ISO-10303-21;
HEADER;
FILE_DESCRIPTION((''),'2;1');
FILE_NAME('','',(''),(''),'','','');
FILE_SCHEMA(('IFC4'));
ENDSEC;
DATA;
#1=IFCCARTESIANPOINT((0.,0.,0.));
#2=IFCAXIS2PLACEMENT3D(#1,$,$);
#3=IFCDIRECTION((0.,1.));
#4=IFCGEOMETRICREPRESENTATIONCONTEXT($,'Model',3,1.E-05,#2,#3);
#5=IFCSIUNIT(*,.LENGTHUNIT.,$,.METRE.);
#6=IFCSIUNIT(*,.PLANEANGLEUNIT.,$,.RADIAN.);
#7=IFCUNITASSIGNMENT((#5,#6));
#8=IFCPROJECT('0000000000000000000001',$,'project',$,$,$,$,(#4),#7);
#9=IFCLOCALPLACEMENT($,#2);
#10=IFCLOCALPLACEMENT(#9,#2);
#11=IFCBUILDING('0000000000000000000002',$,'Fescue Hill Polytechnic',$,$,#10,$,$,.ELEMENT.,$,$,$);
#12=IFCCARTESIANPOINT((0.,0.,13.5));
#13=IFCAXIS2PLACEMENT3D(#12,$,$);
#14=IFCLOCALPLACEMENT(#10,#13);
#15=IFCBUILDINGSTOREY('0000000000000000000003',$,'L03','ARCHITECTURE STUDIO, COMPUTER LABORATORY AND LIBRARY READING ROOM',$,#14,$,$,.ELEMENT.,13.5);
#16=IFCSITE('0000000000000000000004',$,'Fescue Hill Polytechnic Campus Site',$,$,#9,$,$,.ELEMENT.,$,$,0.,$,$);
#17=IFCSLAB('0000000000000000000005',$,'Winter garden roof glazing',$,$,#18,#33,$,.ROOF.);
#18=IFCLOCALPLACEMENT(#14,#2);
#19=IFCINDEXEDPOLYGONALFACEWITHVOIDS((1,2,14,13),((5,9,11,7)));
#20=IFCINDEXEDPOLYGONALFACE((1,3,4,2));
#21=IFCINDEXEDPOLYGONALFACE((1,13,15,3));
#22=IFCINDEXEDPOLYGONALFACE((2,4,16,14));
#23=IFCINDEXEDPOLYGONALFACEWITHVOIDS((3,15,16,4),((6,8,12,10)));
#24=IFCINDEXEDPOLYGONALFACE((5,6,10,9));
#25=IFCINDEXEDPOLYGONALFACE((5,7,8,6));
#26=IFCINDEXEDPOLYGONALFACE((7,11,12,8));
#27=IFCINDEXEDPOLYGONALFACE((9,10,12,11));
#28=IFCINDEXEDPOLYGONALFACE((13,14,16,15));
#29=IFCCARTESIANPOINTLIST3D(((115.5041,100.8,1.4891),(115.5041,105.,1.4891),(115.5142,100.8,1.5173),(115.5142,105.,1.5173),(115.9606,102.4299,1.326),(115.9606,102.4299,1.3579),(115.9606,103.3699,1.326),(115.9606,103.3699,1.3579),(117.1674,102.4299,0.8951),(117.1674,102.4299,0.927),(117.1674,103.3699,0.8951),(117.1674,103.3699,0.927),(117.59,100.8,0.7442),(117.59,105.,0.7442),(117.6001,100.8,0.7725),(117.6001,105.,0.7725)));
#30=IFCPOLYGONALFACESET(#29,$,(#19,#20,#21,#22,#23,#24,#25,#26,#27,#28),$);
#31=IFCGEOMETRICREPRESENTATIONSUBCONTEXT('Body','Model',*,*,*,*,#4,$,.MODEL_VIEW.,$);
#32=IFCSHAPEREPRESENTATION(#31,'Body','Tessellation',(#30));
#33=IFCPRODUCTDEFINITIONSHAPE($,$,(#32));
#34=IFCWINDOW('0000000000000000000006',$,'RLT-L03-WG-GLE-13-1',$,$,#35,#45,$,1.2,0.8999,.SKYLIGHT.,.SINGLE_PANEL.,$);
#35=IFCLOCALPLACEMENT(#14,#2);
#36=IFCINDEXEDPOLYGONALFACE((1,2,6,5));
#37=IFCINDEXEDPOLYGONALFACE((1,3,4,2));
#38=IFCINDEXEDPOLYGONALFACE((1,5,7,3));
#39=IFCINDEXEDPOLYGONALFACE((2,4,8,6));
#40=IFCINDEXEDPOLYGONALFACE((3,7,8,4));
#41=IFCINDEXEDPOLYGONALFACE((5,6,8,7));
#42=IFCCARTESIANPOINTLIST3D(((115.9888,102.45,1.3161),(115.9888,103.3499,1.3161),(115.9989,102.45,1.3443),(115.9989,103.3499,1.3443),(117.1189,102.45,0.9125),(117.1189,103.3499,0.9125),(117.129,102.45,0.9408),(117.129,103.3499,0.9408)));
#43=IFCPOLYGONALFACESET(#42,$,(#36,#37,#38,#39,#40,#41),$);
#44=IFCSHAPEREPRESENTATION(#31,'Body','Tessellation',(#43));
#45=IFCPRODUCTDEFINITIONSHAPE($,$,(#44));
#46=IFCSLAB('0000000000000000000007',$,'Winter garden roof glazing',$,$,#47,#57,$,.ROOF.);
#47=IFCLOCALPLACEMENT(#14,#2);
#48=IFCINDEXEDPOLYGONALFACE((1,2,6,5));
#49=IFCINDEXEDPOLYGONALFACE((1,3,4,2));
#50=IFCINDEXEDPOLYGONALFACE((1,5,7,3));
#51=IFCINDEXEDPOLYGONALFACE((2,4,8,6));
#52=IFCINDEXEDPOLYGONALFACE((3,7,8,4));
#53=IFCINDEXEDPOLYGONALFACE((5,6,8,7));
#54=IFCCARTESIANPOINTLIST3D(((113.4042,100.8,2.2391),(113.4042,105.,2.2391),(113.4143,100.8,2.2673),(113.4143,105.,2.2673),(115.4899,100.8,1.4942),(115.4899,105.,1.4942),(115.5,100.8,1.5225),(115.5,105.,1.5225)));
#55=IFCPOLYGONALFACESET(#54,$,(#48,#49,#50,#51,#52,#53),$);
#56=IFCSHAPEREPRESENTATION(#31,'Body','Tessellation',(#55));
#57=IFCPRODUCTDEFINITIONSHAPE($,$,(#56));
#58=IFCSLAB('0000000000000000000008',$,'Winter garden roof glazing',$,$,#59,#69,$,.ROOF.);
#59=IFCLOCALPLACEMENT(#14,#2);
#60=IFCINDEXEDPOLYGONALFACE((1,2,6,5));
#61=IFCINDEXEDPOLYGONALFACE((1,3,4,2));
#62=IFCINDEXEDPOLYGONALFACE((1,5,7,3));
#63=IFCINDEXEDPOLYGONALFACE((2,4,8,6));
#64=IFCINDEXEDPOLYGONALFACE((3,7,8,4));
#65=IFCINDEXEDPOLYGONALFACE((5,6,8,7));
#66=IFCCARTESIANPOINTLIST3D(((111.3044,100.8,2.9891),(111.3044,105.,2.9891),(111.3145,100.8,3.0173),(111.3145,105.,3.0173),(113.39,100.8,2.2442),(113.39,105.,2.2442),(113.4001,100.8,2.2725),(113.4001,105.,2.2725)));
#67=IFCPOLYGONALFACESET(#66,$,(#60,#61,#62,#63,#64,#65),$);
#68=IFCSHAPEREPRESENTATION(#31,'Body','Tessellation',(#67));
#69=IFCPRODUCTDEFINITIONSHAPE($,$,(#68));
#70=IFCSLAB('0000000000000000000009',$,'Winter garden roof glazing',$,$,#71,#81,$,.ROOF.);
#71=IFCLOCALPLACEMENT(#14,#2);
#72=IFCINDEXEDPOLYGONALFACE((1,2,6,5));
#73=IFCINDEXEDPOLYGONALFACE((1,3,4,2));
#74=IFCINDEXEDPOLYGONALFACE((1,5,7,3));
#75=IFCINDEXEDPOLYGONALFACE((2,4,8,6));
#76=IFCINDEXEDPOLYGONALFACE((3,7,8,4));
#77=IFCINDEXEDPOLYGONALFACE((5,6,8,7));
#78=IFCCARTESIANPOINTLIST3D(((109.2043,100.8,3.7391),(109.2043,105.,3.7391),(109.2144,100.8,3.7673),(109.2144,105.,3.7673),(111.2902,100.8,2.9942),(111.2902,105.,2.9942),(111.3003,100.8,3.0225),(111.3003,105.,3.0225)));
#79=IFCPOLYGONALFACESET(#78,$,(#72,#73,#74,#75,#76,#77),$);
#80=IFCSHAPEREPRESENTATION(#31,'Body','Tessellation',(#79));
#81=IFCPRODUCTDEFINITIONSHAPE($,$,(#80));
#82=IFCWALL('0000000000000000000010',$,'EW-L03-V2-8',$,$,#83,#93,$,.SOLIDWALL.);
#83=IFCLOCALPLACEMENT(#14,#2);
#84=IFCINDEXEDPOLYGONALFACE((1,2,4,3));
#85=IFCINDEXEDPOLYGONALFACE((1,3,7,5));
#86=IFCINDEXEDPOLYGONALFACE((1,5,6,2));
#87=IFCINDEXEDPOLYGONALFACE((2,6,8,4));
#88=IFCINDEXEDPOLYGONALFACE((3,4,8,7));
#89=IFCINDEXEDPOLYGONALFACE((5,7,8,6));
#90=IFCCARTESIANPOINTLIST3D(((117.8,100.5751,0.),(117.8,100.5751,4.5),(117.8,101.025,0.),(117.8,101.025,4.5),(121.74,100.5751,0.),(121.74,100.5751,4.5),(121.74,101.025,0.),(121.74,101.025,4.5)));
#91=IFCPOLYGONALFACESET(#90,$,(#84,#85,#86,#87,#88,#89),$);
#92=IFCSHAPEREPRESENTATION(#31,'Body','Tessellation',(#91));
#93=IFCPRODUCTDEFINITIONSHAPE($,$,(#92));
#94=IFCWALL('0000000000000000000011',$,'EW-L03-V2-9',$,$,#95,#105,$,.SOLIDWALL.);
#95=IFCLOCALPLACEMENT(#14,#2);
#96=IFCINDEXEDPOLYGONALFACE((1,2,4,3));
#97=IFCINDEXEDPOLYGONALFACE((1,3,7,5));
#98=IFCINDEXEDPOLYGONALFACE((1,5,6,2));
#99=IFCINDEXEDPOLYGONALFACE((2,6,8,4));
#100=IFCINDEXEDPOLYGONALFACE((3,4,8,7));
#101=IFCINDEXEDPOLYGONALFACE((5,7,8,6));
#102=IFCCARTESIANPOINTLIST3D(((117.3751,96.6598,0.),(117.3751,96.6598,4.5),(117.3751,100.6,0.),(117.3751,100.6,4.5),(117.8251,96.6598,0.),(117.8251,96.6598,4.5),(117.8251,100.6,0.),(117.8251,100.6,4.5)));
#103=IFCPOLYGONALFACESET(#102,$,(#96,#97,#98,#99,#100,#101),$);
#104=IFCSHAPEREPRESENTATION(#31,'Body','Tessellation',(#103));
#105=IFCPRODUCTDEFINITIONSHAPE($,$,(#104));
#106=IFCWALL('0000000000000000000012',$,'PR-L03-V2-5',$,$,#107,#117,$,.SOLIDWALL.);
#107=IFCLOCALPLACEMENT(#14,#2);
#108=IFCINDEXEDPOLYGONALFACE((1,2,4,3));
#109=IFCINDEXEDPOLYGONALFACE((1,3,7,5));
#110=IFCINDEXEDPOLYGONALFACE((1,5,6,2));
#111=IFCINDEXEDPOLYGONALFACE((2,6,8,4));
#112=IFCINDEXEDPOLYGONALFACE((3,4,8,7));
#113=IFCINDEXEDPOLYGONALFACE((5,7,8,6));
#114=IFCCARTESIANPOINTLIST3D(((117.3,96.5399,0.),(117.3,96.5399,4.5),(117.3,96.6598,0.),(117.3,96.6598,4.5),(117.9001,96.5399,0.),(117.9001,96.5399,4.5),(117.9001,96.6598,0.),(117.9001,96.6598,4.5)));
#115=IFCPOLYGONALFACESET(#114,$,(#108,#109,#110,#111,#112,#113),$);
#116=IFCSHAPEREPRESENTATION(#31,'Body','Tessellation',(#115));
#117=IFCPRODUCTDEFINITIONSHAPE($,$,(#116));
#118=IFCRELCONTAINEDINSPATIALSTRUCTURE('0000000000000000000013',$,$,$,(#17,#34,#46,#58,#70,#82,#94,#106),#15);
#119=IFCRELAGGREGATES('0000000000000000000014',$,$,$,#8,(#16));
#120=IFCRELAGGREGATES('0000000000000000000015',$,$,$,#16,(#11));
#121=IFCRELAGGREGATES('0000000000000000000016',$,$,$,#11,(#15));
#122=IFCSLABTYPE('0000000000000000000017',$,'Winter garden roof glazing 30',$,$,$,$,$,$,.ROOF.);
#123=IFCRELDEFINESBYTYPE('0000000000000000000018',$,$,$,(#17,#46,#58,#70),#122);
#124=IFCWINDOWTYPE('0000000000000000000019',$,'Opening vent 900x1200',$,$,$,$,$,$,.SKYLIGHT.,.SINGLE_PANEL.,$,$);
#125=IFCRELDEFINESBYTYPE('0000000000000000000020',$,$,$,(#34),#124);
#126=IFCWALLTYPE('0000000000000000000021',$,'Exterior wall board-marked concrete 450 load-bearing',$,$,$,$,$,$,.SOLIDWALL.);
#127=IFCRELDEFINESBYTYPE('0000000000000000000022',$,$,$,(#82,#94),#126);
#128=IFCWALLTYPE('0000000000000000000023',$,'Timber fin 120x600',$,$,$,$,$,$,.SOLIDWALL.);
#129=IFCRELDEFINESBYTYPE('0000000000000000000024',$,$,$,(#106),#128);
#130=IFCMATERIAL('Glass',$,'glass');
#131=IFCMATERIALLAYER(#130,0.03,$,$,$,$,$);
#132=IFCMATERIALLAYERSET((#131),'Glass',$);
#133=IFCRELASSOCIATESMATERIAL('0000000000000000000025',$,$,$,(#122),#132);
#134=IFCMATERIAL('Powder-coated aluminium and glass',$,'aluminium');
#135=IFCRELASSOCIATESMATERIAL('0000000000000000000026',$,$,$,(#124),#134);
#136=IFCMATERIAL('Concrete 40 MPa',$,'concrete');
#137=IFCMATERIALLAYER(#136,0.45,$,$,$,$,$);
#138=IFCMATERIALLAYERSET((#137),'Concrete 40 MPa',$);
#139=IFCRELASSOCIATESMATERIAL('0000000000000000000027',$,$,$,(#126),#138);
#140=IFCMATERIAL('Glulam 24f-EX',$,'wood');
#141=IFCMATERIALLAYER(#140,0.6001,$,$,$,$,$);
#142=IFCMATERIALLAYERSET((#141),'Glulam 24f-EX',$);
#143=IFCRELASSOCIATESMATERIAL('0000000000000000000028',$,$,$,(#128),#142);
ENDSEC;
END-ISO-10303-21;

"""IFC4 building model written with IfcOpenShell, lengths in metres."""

from ifc_helpers import new_model, si_unit, direction, frame, frame_2d, origin, origin_2d, place, context, subcontext, project, spatial, polyline, rectangle, outline, extrude, material, layer, layer_set, type_object, element, fill, save


model = new_model("IFC4")

# Units and contexts
model_context = context("Model", 3, precision=1e-05, world=origin(), true_north=direction((0.0, 1.0)))
body_context = subcontext(model_context, "Body", "Model", "MODEL_VIEW")
ifc_project = project(units=[si_unit("LENGTHUNIT", "METRE"), si_unit("PLANEANGLEUNIT", "RADIAN")], contexts=[model_context])

# Site, building, storey
site_placement = place(None, origin())
site = spatial("IfcSite", under=ifc_project, at=site_placement, Name="Fescue Hill Polytechnic Campus Site", CompositionType="ELEMENT", RefElevation=0.0)
building_placement = place(site_placement, origin())
building = spatial("IfcBuilding", under=site, at=building_placement, Name="Fescue Hill Polytechnic", CompositionType="ELEMENT")
storey_placement = place(building_placement, frame((0.0, 0.0, 13.5)))
storey = spatial("IfcBuildingStorey", under=building, at=storey_placement, Name="L03", Description="ARCHITECTURE STUDIO, COMPUTER LABORATORY AND LIBRARY READING ROOM", CompositionType="ELEMENT", Elevation=13.5)

# Shared definitions
ifc_material_1 = material(Name="Concrete 40 MPa", Category="concrete")

# Shared definitions
ifc_material_2 = material(Name="Glass", Category="glass")
ifc_layer_1 = layer(ifc_material_2, 0.03)
ifc_layer_set_1 = layer_set([ifc_layer_1], Name="Glass")
slab_type = type_object("IfcSlabType", Name="Winter garden roof glazing 30", PredefinedType="ROOF", material=ifc_layer_set_1)

# Slab, opening, window
slab_1_placement = place(storey_placement, frame((117.6001, 100.8, 0.7725), z_axis=(0.336295, 0.0, 0.941757), x_axis=(0.0, 1.0, 0.0)))
slab_1 = element("IfcSlab", 1, at=slab_1_placement, inside=storey, type_object=slab_type, Name="Winter garden roof glazing", PredefinedType="ROOF", context=body_context, shape_type="SweptSolid", body=[
    extrude(outline(polyline([(0.0, 0.0), (4.2, 0.0), (4.2, 2.2149), (0.0, 2.2149), (0.0, 0.0)])), origin(), (0.0, 0.0, -1.0), 0.03),
])
opening_placement = place(storey_placement, frame((116.564, 102.8999, 0.7964)))
opening = element("IfcOpeningElement", 2, at=opening_placement, cuts=slab_1, PredefinedType="OPENING", context=body_context, shape_type="SweptSolid", body=[
    extrude(rectangle(XDim=1.2068, YDim=0.9399, at=origin_2d()), origin(), (0.0, 0.0, 1.0), 0.6604),
])
ifc_material_3 = material(Name="Powder-coated aluminium and glass", Category="aluminium")
window_type = type_object("IfcWindowType", Name="Opening vent 900x1200", PartitioningType="SINGLE_PANEL", PredefinedType="SKYLIGHT", material=ifc_material_3)
window_placement = place(storey_placement, frame((116.564, 102.8999, 1.1426), z_axis=(0.336295, 0.0, 0.941757), x_axis=(0.0, 1.0, 0.0)))
window = element("IfcWindow", 3, at=window_placement, inside=storey, type_object=window_type, Name="RLT-L03-WG-GLE-13-1", OverallHeight=1.2, OverallWidth=0.8999, PartitioningType="SINGLE_PANEL", PredefinedType="SKYLIGHT", context=body_context, shape_type="SweptSolid", body=[
    extrude(rectangle(XDim=0.8999, YDim=1.2, at=origin_2d()), origin(), (0.0, 0.0, -1.0), 0.03),
])
fill(opening, window)

# Slabs
for number, where, z_axis, x_axis, name in (
    (4, (115.5, 100.8, 1.5225), (0.336329, 0.0, 0.941744), (0.0, 1.0, 0.0), "Winter garden roof glazing"),
    (5, (113.4001, 100.8, 2.2725), (0.336329, 0.0, 0.941744), (0.0, 1.0, 0.0), "Winter garden roof glazing"),
):
    element("IfcSlab", number, at=place(storey_placement, frame(where, z_axis=z_axis, x_axis=x_axis)), inside=storey, type_object=slab_type, Name=name, PredefinedType="ROOF", context=body_context, shape_type="SweptSolid", body=[
        extrude(outline(polyline([(0.0, 0.0), (4.2, 0.0), (4.2, 2.2147), (0.0, 2.2147), (0.0, 0.0)])), origin(), (0.0, 0.0, -1.0), 0.03),
    ])
slab_2_placement = place(storey_placement, frame((111.3003, 100.8, 3.0225), z_axis=(0.336295, 0.0, 0.941757), x_axis=(0.0, 1.0, 0.0)))
element("IfcSlab", 6, at=slab_2_placement, inside=storey, type_object=slab_type, Name="Winter garden roof glazing", PredefinedType="ROOF", context=body_context, shape_type="SweptSolid", body=[
    extrude(outline(polyline([(0.0, 0.0), (4.2, 0.0), (4.2, 2.2149), (0.0, 2.2149), (0.0, 0.0)])), origin(), (0.0, 0.0, -1.0), 0.03),
])

# Walls
ifc_layer_2 = layer(ifc_material_1, 0.45)
ifc_layer_set_2 = layer_set([ifc_layer_2], Name="Concrete 40 MPa")
wall_type_1 = type_object("IfcWallType", Name="Exterior wall board-marked concrete 450 load-bearing", PredefinedType="SOLIDWALL", material=ifc_layer_set_2)
wall_1_placement = place(storey_placement, frame((121.74, 100.8, 0.0), z_axis=(0.0, 0.0, 1.0), x_axis=(-1.0, 0.0, 0.0)))
element("IfcWall", 7, at=wall_1_placement, inside=storey, type_object=wall_type_1, Name="EW-L03-V2-8", PredefinedType="SOLIDWALL", context=body_context, shape_type="SweptSolid", body=[
    extrude(rectangle(XDim=3.9399, YDim=0.45, at=frame_2d((1.97, 0.0))), origin(), (0.0, 0.0, 1.0), 4.5),
])
wall_2_placement = place(storey_placement, frame((117.6001, 100.6001, 0.0), z_axis=(0.0, 0.0, 1.0), x_axis=(0.0, -1.0, 0.0)))
element("IfcWall", 8, at=wall_2_placement, inside=storey, type_object=wall_type_1, Name="EW-L03-V2-9", PredefinedType="SOLIDWALL", context=body_context, shape_type="SweptSolid", body=[
    extrude(rectangle(XDim=3.9402, YDim=0.45, at=frame_2d((1.9702, 0.0))), origin(), (0.0, 0.0, 1.0), 4.5),
])
ifc_material_4 = material(Name="Glulam 24f-EX", Category="wood")
ifc_layer_3 = layer(ifc_material_4, 0.6001)
ifc_layer_set_3 = layer_set([ifc_layer_3], Name="Glulam 24f-EX")
wall_type_2 = type_object("IfcWallType", Name="Timber fin 120x600", PredefinedType="SOLIDWALL", material=ifc_layer_set_3)
wall_3_placement = place(storey_placement, frame((117.6001, 96.6599, 0.0), z_axis=(0.0, 0.0, 1.0), x_axis=(0.0, -1.0, 0.0)))
element("IfcWall", 9, at=wall_3_placement, inside=storey, type_object=wall_type_2, Name="PR-L03-V2-5", PredefinedType="SOLIDWALL", context=body_context, shape_type="SweptSolid", body=[
    extrude(rectangle(XDim=0.1199, YDim=0.6001, at=frame_2d((0.0601, 0.0))), origin(), (0.0, 0.0, 1.0), 4.5),
])

save(model, "model.ifc")
